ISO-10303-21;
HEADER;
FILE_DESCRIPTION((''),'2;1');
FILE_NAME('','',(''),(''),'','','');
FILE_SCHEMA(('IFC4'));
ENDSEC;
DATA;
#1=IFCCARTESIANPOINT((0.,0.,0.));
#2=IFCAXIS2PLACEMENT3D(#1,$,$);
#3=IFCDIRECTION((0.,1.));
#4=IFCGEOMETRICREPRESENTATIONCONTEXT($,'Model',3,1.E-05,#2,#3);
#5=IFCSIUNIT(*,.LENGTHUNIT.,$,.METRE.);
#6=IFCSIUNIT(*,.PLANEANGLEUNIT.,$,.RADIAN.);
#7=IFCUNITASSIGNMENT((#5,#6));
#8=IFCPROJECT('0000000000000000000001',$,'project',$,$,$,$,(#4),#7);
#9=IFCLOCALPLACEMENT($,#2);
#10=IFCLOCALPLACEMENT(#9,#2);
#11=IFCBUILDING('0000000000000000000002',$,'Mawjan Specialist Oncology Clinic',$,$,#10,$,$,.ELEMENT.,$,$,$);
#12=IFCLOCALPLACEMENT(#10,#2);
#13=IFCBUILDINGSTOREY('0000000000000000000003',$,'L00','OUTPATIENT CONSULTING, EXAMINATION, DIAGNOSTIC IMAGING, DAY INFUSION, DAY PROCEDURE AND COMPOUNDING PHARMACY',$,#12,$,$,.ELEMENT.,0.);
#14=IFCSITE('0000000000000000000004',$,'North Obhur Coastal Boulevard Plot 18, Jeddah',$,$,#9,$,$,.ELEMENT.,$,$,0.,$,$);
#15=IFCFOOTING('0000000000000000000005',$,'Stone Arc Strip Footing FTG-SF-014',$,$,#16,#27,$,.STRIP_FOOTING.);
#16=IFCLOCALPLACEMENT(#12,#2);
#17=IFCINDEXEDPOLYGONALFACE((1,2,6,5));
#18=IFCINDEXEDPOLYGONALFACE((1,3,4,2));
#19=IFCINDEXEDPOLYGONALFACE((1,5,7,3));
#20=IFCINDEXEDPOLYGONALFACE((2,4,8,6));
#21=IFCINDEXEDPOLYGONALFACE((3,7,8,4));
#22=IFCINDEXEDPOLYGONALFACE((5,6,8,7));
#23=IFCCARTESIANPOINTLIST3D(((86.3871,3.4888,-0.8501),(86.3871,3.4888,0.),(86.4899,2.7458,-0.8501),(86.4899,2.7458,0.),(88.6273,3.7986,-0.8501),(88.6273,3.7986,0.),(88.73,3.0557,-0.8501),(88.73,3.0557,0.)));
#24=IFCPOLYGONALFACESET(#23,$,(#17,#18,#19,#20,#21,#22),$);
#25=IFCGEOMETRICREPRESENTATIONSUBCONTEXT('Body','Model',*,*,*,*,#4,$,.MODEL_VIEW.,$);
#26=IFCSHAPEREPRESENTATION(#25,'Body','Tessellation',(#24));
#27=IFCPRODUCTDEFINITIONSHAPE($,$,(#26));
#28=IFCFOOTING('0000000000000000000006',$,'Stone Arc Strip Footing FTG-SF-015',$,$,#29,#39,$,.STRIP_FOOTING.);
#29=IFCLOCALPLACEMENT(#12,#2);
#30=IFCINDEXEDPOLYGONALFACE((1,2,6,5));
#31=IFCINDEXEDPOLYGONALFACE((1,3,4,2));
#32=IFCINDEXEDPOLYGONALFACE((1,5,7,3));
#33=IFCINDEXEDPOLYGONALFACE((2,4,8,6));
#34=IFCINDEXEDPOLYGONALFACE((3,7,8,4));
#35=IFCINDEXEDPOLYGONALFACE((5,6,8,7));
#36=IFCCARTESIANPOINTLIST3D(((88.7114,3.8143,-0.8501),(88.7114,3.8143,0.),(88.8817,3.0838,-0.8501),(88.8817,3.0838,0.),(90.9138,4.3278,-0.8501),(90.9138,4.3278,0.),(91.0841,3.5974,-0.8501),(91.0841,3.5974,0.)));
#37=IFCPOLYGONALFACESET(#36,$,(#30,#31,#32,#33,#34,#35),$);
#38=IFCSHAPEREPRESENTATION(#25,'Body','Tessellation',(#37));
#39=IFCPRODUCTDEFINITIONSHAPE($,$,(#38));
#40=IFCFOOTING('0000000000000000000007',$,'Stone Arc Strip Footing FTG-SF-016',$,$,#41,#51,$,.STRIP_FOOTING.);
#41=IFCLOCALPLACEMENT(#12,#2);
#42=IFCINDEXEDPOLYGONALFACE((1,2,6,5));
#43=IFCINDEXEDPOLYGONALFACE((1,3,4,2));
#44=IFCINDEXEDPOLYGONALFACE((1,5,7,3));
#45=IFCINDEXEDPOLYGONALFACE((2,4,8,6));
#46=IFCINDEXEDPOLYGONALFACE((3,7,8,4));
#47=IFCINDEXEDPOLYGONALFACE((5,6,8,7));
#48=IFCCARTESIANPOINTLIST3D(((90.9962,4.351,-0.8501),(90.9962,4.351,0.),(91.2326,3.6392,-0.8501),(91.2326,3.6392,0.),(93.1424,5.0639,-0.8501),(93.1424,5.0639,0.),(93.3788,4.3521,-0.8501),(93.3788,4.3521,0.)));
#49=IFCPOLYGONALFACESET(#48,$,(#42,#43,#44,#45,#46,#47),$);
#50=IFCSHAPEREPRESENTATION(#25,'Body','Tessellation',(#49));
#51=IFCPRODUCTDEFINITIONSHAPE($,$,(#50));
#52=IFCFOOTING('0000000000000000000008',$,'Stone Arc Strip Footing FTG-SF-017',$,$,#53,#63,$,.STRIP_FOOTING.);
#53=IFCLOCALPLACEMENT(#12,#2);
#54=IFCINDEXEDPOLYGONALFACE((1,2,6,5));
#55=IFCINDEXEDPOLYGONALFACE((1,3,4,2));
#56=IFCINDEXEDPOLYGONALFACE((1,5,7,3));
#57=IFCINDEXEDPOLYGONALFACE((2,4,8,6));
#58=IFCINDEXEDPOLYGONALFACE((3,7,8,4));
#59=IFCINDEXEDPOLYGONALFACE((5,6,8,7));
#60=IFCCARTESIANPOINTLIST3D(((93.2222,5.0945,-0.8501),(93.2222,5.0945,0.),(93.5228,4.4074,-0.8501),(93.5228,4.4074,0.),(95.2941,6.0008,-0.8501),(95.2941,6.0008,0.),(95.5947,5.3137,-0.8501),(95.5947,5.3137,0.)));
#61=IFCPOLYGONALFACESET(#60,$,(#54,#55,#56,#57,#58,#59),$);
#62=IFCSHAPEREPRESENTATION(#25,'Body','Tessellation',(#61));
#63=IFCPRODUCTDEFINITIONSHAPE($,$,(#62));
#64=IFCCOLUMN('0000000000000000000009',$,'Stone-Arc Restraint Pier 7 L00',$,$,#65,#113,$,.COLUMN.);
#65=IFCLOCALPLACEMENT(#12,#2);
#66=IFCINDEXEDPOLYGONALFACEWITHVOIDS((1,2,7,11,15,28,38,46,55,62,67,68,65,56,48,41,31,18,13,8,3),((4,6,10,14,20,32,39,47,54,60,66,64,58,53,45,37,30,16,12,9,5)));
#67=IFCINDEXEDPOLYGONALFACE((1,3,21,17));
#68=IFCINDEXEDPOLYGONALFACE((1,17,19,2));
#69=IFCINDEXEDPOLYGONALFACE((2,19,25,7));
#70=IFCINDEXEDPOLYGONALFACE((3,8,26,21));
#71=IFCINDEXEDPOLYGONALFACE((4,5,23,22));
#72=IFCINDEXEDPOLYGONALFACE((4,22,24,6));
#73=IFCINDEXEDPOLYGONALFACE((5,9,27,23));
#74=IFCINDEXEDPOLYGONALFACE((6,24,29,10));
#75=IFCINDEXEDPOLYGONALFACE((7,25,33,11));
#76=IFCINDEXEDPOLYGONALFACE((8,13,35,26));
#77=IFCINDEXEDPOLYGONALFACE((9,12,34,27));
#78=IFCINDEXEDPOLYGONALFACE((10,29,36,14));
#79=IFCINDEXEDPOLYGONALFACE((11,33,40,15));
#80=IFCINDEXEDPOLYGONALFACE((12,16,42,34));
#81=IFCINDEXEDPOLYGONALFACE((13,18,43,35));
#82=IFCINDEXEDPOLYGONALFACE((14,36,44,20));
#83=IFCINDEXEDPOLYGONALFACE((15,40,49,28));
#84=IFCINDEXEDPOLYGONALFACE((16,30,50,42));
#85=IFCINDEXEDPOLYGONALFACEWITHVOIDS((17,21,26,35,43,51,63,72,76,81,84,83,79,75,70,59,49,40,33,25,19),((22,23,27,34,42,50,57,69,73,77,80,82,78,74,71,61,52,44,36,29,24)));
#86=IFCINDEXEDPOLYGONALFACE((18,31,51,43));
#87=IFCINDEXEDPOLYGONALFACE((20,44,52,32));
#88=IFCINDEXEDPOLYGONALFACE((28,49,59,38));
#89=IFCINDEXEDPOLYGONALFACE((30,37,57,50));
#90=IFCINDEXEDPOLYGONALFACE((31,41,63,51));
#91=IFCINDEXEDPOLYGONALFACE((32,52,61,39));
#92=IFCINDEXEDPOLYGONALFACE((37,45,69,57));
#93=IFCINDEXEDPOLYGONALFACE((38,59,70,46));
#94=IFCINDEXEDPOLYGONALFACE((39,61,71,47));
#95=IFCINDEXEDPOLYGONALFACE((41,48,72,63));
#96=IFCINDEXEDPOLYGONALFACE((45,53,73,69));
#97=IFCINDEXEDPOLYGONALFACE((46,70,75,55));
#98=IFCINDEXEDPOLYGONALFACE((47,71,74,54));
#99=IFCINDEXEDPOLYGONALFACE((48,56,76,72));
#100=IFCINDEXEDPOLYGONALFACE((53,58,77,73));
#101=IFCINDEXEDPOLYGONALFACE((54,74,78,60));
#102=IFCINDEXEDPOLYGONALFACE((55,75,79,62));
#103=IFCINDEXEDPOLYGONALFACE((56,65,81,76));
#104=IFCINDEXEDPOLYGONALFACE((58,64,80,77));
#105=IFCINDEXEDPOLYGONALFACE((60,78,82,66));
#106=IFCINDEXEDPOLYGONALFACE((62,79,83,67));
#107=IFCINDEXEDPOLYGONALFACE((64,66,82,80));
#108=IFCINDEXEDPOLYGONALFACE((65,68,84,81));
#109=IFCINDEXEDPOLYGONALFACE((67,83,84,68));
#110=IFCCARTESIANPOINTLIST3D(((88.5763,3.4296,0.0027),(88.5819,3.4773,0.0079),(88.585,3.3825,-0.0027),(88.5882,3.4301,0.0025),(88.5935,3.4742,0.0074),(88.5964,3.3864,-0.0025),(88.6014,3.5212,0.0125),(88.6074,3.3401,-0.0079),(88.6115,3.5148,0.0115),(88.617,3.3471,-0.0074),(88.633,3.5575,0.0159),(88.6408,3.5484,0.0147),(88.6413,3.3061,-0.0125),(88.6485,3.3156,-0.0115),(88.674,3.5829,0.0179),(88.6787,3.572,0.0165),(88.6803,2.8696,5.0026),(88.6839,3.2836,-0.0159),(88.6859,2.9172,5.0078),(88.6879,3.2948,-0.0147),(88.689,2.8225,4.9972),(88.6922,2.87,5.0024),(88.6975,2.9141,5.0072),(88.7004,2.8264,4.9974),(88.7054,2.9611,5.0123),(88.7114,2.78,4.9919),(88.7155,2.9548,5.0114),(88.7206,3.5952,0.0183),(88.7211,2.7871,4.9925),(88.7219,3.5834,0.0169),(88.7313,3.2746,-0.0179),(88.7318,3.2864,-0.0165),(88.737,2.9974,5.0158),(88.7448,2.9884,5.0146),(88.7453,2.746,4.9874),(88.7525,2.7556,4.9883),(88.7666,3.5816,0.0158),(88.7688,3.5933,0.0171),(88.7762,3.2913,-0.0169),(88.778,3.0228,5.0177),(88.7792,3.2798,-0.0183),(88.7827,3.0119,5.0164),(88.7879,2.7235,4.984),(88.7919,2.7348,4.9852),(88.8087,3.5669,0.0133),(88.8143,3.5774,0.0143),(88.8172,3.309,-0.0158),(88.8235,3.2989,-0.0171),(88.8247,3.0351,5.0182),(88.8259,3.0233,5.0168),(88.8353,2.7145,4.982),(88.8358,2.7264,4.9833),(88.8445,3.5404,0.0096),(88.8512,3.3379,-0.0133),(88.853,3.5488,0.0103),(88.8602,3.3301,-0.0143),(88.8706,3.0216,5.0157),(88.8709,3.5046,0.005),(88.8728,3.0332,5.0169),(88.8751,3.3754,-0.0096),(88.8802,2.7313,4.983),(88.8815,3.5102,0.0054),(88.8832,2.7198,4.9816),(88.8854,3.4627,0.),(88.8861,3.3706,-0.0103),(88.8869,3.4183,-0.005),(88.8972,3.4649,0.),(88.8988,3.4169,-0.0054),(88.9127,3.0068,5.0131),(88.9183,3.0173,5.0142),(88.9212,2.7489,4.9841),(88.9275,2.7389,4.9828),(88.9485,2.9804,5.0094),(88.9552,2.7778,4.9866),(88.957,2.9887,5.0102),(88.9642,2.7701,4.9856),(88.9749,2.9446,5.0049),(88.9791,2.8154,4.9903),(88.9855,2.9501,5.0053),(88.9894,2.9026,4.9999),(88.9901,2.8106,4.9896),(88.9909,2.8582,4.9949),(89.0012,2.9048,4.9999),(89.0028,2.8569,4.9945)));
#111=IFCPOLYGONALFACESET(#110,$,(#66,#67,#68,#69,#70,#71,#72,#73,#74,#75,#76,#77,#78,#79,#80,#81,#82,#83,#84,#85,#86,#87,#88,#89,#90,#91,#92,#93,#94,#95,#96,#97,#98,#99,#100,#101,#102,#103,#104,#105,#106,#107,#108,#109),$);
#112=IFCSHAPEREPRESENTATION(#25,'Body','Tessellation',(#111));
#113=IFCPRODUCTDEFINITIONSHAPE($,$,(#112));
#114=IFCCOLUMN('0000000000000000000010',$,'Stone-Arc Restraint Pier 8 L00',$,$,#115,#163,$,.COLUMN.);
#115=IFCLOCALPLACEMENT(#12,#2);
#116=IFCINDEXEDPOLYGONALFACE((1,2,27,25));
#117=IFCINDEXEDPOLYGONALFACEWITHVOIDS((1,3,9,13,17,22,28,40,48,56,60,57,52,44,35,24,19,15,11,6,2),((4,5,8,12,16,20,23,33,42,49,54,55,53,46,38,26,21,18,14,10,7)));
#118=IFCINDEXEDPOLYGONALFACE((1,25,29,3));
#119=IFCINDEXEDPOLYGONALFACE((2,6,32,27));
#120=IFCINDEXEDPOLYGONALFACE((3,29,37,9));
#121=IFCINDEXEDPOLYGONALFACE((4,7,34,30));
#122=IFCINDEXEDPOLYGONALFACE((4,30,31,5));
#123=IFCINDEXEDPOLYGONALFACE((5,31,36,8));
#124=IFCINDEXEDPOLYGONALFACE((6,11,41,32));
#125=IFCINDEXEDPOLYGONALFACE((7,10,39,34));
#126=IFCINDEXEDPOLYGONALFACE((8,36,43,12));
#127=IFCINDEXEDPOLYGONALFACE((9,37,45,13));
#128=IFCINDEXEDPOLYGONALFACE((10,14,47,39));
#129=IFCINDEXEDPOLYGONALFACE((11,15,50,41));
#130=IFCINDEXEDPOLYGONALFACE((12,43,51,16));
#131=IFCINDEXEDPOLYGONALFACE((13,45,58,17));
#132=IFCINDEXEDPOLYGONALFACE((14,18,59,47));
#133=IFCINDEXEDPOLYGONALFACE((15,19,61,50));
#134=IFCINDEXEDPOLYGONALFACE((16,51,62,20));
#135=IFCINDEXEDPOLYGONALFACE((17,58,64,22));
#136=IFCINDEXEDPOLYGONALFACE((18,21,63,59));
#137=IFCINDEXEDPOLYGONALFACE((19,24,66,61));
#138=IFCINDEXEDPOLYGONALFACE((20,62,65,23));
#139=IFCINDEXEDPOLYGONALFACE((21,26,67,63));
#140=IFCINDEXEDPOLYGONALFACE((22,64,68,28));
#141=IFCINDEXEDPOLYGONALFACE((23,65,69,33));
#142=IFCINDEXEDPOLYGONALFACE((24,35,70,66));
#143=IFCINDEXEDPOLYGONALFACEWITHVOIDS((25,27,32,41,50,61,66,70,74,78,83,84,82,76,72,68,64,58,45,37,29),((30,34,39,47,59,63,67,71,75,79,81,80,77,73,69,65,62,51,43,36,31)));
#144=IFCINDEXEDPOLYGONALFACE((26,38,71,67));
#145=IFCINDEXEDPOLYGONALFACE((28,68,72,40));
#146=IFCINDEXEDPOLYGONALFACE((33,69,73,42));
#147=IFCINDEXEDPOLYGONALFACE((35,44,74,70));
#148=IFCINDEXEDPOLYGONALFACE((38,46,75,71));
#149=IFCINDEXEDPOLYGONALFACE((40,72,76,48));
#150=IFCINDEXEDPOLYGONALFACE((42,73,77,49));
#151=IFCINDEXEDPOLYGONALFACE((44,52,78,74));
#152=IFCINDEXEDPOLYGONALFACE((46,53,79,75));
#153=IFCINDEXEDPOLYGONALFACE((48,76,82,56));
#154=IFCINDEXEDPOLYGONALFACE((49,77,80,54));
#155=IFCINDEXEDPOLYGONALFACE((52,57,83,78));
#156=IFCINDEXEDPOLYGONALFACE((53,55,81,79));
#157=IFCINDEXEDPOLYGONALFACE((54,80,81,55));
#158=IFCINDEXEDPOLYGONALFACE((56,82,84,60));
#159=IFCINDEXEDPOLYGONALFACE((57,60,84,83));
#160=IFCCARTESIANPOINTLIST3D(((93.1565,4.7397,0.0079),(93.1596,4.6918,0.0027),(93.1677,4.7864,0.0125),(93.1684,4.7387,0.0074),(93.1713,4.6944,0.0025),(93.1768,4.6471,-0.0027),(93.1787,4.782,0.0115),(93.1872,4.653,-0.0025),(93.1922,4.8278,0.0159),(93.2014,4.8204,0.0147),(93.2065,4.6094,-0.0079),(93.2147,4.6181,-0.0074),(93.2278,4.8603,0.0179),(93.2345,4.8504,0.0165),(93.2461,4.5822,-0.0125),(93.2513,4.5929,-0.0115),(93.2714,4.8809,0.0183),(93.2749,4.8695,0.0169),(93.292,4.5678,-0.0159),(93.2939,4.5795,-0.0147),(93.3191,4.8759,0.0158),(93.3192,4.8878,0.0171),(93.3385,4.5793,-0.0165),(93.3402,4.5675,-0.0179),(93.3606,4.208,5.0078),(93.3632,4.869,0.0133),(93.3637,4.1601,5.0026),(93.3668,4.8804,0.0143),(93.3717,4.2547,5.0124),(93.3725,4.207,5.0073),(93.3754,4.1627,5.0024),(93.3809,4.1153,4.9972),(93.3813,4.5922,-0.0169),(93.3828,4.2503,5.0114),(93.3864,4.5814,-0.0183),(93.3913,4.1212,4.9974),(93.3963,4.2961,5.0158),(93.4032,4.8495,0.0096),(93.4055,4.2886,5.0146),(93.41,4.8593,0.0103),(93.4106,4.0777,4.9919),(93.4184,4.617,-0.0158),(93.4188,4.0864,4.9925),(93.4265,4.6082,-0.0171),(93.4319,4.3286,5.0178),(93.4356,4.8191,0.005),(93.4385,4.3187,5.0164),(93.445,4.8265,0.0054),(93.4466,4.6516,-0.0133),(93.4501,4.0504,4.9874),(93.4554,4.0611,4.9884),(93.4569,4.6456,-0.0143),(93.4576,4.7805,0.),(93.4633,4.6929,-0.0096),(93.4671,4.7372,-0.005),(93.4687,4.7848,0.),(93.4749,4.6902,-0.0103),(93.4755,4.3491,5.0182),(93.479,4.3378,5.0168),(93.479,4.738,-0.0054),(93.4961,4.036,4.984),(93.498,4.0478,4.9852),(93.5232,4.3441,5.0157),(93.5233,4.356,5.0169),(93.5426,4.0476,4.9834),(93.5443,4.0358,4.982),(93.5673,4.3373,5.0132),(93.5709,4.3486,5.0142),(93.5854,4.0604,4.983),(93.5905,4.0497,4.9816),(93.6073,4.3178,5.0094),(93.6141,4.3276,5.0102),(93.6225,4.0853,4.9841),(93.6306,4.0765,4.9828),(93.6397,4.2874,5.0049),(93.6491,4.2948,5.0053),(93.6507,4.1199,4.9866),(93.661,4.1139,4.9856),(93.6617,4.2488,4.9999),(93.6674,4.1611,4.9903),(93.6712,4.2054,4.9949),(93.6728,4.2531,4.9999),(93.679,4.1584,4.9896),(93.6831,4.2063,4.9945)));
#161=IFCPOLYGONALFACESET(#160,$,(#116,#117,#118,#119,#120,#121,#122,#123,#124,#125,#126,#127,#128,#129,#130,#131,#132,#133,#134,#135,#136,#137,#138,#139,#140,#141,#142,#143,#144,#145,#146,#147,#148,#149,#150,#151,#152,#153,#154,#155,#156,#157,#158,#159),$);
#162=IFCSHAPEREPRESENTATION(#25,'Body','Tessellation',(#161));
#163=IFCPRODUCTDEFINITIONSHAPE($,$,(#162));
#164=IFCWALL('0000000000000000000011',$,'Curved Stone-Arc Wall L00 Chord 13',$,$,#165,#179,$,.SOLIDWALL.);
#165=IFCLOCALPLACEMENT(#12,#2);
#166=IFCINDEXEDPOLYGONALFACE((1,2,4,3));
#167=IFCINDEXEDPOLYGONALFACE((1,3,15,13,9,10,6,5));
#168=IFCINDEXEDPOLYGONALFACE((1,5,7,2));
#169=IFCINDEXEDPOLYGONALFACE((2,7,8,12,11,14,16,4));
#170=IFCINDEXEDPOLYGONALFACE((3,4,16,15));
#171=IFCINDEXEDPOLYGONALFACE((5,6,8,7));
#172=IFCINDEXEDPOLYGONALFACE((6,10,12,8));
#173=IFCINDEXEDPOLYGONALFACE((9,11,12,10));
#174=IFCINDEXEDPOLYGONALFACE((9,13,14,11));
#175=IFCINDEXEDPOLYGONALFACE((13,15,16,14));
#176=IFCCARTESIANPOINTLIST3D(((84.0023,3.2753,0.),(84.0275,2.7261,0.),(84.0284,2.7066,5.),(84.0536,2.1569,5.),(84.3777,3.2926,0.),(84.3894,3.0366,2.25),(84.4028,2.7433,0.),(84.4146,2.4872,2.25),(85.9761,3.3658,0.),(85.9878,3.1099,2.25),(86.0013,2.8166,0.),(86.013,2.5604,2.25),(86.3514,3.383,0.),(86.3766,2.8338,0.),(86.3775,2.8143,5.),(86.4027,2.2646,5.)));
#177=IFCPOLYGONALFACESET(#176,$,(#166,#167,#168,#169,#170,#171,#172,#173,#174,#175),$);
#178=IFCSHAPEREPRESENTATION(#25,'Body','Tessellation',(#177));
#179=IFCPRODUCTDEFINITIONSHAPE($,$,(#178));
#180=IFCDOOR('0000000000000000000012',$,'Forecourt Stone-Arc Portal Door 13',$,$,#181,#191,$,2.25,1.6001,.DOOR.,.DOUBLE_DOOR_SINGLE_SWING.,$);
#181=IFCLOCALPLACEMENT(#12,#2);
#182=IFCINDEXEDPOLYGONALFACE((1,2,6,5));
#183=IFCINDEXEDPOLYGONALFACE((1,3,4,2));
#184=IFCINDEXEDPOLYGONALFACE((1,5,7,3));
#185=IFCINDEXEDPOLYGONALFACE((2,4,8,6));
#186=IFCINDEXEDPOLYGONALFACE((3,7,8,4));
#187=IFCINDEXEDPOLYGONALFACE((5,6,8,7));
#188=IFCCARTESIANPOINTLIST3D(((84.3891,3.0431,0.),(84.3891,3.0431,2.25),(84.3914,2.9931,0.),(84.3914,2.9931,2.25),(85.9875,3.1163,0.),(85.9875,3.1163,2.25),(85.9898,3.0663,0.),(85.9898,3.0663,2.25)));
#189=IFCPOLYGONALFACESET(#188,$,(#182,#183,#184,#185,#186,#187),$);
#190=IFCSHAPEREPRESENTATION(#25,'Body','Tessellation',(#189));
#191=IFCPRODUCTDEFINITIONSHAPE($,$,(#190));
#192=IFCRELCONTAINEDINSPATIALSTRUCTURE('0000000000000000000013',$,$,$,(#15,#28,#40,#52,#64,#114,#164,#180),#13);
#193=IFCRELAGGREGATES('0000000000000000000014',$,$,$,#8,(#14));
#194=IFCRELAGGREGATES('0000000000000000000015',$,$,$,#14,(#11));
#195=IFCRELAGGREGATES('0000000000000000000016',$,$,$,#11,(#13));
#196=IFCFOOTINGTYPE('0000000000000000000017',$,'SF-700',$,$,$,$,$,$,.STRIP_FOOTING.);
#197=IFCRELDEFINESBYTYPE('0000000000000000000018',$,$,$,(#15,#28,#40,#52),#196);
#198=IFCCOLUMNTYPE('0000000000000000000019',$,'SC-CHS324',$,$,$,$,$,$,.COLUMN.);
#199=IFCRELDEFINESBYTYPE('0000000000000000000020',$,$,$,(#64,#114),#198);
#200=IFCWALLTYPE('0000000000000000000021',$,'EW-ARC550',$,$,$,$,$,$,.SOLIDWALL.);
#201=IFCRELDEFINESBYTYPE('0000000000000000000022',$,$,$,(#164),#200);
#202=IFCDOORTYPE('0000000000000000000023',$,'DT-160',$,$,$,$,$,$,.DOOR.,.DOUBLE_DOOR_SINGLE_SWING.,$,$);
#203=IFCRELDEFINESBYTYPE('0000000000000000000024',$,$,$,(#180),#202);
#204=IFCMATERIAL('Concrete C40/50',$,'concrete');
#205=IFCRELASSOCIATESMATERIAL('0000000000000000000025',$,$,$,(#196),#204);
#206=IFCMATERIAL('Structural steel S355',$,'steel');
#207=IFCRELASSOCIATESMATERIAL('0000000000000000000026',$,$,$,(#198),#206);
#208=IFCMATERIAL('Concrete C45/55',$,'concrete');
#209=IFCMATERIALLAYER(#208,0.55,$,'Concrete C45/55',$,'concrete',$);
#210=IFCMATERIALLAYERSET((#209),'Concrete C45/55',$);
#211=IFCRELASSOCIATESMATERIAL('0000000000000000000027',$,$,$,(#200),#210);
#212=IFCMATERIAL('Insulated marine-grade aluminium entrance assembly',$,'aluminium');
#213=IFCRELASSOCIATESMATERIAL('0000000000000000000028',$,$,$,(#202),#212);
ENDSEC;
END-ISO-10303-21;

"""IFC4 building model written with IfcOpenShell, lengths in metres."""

from ifc_helpers import new_model, si_unit, direction, frame, frame_2d, origin, origin_2d, place, context, subcontext, project, spatial, polyline, rectangle, hollow_circle, outline, extrude, material, layer, layer_set, material_profile, profile_set, type_object, element, fill, save


model = new_model("IFC4")

# Units and contexts
model_context = context("Model", 3, precision=1e-05, world=origin(), true_north=direction((0.0, 1.0)))
body_context = subcontext(model_context, "Body", "Model", "MODEL_VIEW")
ifc_project = project(units=[si_unit("LENGTHUNIT", "METRE"), si_unit("PLANEANGLEUNIT", "RADIAN")], contexts=[model_context])

# Site, building, storey
site_placement = place(None, origin())
site = spatial("IfcSite", under=ifc_project, at=site_placement, Name="North Obhur Coastal Boulevard Plot 18, Jeddah", CompositionType="ELEMENT", RefElevation=0.0)
building_placement = place(site_placement, origin())
building = spatial("IfcBuilding", under=site, at=building_placement, Name="Mawjan Specialist Oncology Clinic", CompositionType="ELEMENT")
storey_placement = place(building_placement, origin())
storey = spatial("IfcBuildingStorey", under=building, at=storey_placement, Name="L00", Description="OUTPATIENT CONSULTING, EXAMINATION, DIAGNOSTIC IMAGING, DAY INFUSION, DAY PROCEDURE AND COMPOUNDING PHARMACY", CompositionType="ELEMENT", Elevation=0.0)

# Footings
ifc_material_1 = material(Name="Concrete C40/50", Category="concrete")
footing_type_1 = type_object("IfcFootingType", Name="SF-700", PredefinedType="STRIP_FOOTING", material=ifc_material_1)
for number, where, z_axis, x_axis, name in (
    (1, (87.5586, 3.2722, -0.8501), (0.0, 0.0, 1.0), (-0.990569, -0.137012, 0.0), "Stone Arc Strip Footing FTG-SF-014"),
    (2, (89.8977, 3.7058, -0.8501), (0.0, 0.0, 1.0), (-0.973877, -0.227076, 0.0), "Stone Arc Strip Footing FTG-SF-015"),
    (3, (92.1875, 4.3516, -0.8501), (0.0, 0.0, 1.0), (-0.949014, -0.315235, 0.0), "Stone Arc Strip Footing FTG-SF-016"),
    (4, (94.4084, 5.2041, -0.8501), (0.0, 0.0, 1.0), (-0.916188, -0.400749, 0.0), "Stone Arc Strip Footing FTG-SF-017"),
):
    element("IfcFooting", number, at=place(storey_placement, frame(where, z_axis=z_axis, x_axis=x_axis)), inside=storey, type_object=footing_type_1, Name=name, PredefinedType="STRIP_FOOTING", context=body_context, shape_type="SweptSolid", body=[
        extrude(rectangle(XDim=2.2615, YDim=0.75, at=origin_2d()), origin(), (0.0, 0.0, 1.0), 0.8501),
    ])

# Columns
ifc_material_2 = material(Name="Structural steel S355", Category="steel")
ifc_material_profile_1 = material_profile(ifc_material_2, hollow_circle(Radius=0.1619, WallThickness=0.012, at=origin_2d()), Name="CHS 323.9x12", Category="steel")
ifc_profile_set_1 = profile_set([ifc_material_profile_1], Name="Structural steel S355")
column_type = type_object("IfcColumnType", Name="SC-CHS324", PredefinedType="COLUMN", material=ifc_profile_set_1)
for number, where, z_axis, x_axis, name in (
    (5, (88.738, 3.4353, 0.0), (0.020667, -0.111292, 0.993573), (0.983191, 0.18258, 0.0), "Stone-Arc Restraint Pier 7 L00"),
    (6, (93.3176, 4.7268, 0.0), (0.040558, -0.105664, 0.993574), (0.933588, 0.358347, 0.0), "Stone-Arc Restraint Pier 8 L00"),
):
    element("IfcColumn", number, at=place(storey_placement, frame(where, z_axis=z_axis, x_axis=x_axis)), inside=storey, type_object=column_type, Name=name, PredefinedType="COLUMN", context=body_context, shape_type="SweptSolid", body=[
        extrude(hollow_circle(Radius=0.1619, WallThickness=0.012, at=origin_2d()), origin(), (0.0, 0.0, 1.0), 5.0322),
    ])

# Wall, opening, door
ifc_material_3 = material(Name="Concrete C45/55", Category="concrete")
ifc_layer_1 = layer(ifc_material_3, 0.55, Name="Concrete C45/55", Category="concrete")
ifc_layer_set_1 = layer_set([ifc_layer_1], Name="Concrete C45/55")
wall_type = type_object("IfcWallType", Name="EW-ARC550", PredefinedType="SOLIDWALL", material=ifc_layer_set_1)
wall_1_placement = place(storey_placement, frame((86.364, 3.1084, 0.0), z_axis=(0.0, 0.0, 1.0), x_axis=(-0.998951, -0.045784, 0.0)))
wall_1 = element("IfcWall", 7, at=wall_1_placement, inside=storey, type_object=wall_type, Name="Curved Stone-Arc Wall L00 Chord 13", PredefinedType="SOLIDWALL", context=body_context, shape_type="SweptSolid", body=[
    extrude(outline(polyline([(-0.2749, 0.0), (0.2749, 0.0), (0.8447, 5.0), (0.2944, 5.0), (-0.2749, 0.0)])), frame((0.0, 0.0, 0.0), z_axis=(1.0, 0.0, 0.0), x_axis=(0.0, 1.0, 0.0)), (0.0, 0.0, 1.0), 2.3516),
])
opening_1_placement = place(wall_1_placement, frame((0.3757, 0.0, 0.0)))
opening_1 = element("IfcOpeningElement", 8, at=opening_1_placement, cuts=wall_1, PredefinedType="OPENING", context=body_context, shape_type="SweptSolid", body=[
    extrude(rectangle(XDim=1.6001, YDim=2.25, at=frame_2d((0.8, 1.125))), frame((0.0, 0.8567, 0.0), z_axis=(0.0, -1.0, 0.0), x_axis=(1.0, 0.0, 0.0)), (0.0, 0.0, 1.0), 1.1436),
])
ifc_material_4 = material(Name="Insulated marine-grade aluminium entrance assembly", Category="aluminium")
door_type = type_object("IfcDoorType", Name="DT-160", OperationType="DOUBLE_DOOR_SINGLE_SWING", PredefinedType="DOOR", material=ifc_material_4)
door_placement = place(opening_1_placement, origin())
door = element("IfcDoor", 9, at=door_placement, inside=storey, type_object=door_type, Name="Forecourt Stone-Arc Portal Door 13", OperationType="DOUBLE_DOOR_SINGLE_SWING", OverallHeight=2.25, OverallWidth=1.6001, PredefinedType="DOOR", context=body_context, shape_type="SweptSolid", body=[
    extrude(rectangle(XDim=1.6001, YDim=2.25, at=frame_2d((0.8, 1.125))), frame((0.0, 0.0249, 0.0), z_axis=(0.0, -1.0, 0.0), x_axis=(1.0, 0.0, 0.0)), (0.0, 0.0, 1.0), 0.05),
])
fill(opening_1, door)

save(model, "model.ifc")
